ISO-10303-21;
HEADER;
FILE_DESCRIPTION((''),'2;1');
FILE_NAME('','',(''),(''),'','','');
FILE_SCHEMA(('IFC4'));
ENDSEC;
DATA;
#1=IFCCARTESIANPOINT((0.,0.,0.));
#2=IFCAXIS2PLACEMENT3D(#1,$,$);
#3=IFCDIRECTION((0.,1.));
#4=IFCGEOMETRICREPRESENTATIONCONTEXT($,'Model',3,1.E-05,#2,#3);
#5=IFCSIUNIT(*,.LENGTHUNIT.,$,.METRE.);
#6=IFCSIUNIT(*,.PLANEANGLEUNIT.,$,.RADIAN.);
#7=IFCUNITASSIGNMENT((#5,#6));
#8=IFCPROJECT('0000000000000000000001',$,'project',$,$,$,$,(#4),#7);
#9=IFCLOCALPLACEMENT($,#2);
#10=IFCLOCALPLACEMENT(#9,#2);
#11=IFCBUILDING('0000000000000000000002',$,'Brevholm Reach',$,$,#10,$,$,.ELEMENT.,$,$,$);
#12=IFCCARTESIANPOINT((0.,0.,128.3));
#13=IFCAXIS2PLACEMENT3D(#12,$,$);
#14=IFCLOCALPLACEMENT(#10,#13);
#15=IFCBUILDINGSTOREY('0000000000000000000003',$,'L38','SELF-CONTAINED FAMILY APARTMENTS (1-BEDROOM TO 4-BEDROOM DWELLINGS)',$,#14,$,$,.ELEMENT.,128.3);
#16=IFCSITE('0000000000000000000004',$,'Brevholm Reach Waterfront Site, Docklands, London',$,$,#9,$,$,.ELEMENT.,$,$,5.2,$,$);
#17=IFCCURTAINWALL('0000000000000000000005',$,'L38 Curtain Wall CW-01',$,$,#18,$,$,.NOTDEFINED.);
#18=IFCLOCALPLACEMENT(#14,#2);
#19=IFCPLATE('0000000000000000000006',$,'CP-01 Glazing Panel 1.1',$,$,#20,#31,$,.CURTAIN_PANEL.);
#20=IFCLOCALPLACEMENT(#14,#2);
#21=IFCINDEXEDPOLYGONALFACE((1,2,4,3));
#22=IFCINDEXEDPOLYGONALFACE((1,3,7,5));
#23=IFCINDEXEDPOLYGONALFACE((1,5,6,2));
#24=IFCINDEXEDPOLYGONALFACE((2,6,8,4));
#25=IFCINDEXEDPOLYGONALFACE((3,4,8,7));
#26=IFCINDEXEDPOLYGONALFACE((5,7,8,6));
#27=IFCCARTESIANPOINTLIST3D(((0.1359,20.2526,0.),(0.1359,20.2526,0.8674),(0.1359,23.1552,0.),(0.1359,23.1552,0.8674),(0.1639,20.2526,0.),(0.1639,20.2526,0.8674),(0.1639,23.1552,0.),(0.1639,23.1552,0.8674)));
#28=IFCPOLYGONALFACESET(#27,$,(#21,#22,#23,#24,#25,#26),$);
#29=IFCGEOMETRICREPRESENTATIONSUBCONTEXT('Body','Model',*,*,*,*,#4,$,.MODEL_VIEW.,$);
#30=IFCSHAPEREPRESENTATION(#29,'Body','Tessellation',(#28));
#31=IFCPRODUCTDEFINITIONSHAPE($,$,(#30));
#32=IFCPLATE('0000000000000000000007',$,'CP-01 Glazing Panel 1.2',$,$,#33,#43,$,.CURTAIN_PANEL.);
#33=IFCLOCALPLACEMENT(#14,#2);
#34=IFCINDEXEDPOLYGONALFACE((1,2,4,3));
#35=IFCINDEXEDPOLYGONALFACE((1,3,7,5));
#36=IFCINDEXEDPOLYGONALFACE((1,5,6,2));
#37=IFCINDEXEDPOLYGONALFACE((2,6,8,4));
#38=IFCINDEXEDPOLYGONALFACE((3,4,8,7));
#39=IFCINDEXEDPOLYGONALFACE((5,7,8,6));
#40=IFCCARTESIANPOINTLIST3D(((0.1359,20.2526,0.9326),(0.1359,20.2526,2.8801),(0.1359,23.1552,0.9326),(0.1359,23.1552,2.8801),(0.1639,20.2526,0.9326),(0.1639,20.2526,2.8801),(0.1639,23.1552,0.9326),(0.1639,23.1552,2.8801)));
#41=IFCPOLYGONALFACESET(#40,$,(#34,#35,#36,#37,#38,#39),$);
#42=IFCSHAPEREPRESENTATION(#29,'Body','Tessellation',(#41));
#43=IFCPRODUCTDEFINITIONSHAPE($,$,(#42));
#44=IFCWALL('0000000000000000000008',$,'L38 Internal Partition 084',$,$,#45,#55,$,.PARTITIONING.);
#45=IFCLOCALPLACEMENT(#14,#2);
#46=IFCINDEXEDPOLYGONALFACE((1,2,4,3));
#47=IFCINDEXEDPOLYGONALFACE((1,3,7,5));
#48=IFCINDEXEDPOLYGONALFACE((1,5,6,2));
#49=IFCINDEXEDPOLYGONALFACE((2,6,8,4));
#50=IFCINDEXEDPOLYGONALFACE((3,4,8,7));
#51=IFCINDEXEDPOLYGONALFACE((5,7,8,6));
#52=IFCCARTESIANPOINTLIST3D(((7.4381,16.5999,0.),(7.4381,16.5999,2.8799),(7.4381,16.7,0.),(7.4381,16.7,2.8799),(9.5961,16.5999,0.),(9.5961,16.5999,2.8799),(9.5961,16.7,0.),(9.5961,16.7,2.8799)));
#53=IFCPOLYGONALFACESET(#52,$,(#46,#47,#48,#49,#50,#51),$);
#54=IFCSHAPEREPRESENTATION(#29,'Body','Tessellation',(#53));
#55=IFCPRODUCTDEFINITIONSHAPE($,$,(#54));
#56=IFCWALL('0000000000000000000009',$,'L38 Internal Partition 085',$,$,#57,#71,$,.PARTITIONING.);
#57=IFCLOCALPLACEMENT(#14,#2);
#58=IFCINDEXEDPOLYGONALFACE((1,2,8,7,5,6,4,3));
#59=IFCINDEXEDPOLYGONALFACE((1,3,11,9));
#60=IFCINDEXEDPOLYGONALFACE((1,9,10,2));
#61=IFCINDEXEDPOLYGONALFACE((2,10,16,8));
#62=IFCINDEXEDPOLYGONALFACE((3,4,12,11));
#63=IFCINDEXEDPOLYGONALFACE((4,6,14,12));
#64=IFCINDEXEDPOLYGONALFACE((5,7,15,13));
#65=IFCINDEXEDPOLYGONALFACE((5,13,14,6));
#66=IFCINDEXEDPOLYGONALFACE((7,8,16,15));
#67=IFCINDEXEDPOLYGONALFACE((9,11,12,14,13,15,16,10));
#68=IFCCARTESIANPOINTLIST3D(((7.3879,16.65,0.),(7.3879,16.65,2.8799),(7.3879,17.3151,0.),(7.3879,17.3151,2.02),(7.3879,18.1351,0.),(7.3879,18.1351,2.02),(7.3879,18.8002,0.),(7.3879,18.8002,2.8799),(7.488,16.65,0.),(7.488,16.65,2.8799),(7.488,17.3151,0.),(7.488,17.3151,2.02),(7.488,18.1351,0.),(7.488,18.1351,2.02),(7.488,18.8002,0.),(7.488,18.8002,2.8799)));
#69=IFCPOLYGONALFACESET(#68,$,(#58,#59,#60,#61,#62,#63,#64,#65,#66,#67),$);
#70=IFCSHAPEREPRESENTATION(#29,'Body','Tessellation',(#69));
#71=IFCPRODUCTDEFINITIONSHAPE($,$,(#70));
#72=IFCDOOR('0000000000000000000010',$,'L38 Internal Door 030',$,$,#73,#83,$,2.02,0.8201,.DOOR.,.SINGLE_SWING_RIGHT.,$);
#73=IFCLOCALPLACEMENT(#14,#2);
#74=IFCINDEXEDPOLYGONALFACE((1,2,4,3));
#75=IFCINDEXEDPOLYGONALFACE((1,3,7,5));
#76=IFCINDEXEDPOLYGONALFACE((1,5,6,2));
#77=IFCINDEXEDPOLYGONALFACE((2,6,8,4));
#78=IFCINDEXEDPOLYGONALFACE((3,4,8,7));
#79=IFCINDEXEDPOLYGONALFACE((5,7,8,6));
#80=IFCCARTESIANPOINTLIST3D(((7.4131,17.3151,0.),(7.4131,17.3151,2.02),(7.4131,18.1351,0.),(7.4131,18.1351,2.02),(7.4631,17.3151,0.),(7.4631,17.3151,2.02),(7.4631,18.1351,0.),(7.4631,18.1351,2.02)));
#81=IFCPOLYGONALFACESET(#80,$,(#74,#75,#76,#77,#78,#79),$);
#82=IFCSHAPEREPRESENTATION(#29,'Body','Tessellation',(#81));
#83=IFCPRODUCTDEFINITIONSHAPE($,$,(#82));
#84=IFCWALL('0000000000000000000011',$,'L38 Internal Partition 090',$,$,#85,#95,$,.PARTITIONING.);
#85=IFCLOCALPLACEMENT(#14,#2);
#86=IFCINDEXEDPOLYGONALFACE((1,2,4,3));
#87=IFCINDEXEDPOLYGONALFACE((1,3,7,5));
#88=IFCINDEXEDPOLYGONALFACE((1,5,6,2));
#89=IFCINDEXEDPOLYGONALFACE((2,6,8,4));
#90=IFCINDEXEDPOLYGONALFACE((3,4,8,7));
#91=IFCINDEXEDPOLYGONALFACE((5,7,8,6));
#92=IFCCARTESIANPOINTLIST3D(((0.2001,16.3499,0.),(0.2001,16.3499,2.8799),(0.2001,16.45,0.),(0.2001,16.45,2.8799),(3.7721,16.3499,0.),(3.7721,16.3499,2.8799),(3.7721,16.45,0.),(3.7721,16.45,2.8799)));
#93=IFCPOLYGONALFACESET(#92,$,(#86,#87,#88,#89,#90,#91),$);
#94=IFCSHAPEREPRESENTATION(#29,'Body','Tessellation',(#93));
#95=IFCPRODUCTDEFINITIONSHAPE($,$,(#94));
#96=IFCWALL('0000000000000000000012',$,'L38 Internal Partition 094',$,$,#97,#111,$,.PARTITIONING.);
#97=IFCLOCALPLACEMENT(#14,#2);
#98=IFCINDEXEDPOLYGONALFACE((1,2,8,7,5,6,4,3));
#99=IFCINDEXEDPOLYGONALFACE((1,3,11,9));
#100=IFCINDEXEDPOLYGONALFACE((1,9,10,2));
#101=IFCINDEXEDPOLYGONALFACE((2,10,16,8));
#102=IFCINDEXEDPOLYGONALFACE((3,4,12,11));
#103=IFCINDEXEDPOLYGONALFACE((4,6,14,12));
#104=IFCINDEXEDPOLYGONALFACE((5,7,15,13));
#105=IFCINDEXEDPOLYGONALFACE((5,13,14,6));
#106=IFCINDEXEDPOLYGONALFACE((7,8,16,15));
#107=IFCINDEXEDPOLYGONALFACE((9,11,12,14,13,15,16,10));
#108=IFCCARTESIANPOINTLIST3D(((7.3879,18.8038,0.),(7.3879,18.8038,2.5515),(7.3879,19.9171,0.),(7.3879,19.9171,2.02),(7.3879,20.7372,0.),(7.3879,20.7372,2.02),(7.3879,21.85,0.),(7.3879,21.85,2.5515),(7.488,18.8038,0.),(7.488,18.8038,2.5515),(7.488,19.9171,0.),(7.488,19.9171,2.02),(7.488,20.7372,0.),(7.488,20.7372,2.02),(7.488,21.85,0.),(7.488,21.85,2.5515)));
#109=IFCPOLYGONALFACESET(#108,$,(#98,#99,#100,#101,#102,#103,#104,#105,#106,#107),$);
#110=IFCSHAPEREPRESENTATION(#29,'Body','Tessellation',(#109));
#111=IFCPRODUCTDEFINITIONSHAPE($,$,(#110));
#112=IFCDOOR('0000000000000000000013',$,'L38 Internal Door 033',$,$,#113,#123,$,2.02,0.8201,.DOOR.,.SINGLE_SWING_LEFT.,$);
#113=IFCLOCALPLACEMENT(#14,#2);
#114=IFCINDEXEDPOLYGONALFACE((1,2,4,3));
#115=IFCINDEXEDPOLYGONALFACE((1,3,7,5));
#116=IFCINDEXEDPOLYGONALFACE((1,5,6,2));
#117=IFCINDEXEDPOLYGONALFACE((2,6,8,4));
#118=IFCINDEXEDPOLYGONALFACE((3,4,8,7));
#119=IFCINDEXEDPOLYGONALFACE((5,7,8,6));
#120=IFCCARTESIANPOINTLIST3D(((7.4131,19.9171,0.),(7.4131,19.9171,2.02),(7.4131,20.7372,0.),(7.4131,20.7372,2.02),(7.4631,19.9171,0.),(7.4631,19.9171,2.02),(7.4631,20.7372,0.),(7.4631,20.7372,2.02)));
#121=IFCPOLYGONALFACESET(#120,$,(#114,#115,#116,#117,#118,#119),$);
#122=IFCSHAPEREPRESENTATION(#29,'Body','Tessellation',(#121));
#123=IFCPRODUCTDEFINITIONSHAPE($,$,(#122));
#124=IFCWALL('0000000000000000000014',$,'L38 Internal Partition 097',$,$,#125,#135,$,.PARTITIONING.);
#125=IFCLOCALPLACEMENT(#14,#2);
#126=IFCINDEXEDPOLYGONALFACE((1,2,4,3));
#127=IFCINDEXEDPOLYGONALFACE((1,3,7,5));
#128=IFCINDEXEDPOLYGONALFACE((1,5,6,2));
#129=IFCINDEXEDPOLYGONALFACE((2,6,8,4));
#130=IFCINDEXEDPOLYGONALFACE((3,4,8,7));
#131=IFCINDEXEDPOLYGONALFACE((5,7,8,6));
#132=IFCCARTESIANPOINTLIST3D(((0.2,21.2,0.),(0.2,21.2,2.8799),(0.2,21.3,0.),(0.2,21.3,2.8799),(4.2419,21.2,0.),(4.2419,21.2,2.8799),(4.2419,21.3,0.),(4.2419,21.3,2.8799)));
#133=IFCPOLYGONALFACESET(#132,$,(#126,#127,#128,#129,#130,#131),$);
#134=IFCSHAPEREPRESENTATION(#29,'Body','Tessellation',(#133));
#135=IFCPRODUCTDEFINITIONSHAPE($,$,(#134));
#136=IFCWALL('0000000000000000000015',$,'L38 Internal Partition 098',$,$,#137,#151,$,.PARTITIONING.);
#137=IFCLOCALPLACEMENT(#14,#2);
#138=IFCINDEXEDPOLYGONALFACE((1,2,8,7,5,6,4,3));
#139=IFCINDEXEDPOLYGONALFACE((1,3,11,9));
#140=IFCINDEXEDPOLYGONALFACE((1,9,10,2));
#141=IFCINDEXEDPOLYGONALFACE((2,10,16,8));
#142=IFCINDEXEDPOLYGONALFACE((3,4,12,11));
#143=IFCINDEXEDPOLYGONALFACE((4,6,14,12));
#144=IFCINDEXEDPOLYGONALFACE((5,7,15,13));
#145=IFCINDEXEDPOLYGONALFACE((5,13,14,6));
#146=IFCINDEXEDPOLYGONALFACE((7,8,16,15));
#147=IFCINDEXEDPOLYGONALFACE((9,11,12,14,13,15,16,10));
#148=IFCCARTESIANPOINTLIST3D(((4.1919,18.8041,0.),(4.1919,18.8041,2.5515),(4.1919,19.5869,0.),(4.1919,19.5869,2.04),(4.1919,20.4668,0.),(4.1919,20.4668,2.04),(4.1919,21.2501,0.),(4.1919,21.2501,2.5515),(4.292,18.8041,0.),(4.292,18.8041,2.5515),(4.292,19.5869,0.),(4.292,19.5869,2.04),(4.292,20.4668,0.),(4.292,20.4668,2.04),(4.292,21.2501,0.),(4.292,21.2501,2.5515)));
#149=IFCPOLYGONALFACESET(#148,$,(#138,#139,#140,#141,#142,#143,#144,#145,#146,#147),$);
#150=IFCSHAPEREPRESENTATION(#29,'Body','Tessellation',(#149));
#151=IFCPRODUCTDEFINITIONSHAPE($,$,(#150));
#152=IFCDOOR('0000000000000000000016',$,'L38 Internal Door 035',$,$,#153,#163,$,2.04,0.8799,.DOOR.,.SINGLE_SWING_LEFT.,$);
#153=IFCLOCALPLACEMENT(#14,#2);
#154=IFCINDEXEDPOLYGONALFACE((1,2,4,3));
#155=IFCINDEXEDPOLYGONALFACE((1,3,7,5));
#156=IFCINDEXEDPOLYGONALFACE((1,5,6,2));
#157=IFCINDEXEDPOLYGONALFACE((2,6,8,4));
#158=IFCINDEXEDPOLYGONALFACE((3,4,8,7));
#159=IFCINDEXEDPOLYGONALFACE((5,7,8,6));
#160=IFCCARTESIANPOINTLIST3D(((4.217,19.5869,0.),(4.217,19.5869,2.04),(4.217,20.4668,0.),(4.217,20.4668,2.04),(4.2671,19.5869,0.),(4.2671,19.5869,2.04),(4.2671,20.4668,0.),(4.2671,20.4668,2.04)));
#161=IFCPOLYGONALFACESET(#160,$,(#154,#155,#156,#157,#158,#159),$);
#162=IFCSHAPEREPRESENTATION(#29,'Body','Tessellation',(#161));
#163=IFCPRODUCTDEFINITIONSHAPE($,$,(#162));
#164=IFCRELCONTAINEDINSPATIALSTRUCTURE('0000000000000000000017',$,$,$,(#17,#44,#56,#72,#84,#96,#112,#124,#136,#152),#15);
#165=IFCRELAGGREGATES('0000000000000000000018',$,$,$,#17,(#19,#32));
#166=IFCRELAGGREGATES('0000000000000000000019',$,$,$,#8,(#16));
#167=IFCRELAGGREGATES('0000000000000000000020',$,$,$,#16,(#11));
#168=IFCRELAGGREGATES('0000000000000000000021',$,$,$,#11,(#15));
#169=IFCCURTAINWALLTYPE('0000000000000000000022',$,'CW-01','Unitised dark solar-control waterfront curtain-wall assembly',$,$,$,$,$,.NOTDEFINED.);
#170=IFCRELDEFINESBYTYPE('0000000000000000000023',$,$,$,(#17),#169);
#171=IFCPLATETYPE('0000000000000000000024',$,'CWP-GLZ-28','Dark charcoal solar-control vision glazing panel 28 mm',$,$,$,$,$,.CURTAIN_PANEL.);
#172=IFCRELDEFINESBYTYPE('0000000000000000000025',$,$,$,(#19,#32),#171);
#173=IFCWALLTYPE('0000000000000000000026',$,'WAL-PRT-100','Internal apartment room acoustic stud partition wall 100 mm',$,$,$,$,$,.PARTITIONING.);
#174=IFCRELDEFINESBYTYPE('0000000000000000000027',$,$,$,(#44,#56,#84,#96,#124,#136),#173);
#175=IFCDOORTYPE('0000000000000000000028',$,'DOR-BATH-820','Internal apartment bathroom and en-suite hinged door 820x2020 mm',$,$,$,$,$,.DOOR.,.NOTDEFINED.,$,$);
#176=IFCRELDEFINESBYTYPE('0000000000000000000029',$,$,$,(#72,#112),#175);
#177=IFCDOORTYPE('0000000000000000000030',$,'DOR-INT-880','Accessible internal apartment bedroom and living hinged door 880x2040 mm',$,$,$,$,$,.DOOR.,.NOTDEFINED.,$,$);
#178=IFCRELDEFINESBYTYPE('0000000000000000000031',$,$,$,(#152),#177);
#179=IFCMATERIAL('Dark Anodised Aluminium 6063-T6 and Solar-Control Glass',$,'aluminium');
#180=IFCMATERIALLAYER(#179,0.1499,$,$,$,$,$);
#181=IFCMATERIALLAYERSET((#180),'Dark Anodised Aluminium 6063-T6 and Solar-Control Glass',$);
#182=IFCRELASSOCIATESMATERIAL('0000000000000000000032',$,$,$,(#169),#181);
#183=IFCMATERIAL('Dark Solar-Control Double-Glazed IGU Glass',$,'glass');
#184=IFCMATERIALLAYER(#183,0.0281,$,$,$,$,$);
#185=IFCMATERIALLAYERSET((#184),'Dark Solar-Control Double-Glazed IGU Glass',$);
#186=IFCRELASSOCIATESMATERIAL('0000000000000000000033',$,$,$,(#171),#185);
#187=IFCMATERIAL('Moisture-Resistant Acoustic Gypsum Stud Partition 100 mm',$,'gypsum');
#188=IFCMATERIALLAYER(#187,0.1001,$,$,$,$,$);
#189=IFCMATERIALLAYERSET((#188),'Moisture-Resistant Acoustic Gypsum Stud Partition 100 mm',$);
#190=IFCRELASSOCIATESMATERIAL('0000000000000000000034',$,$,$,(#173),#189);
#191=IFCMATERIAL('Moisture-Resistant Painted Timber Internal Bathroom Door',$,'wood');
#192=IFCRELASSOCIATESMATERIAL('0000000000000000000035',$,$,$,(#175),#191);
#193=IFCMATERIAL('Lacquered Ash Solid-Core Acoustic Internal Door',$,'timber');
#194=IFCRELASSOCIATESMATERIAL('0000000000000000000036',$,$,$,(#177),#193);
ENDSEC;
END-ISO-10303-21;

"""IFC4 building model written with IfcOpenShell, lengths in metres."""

from ifc_helpers import new_model, si_unit, direction, frame, frame_2d, origin, origin_2d, place, context, subcontext, project, spatial, rectangle, extrude, material, layer, layer_set, type_object, element, fill, aggregate, save


model = new_model("IFC4")

# Units and contexts
model_context = context("Model", 3, precision=1e-05, world=origin(), true_north=direction((0.0, 1.0)))
body_context = subcontext(model_context, "Body", "Model", "MODEL_VIEW")
ifc_project = project(units=[si_unit("LENGTHUNIT", "METRE"), si_unit("PLANEANGLEUNIT", "RADIAN")], contexts=[model_context])

# Site, building, storey
site_placement = place(None, origin())
site = spatial("IfcSite", under=ifc_project, at=site_placement, Name="Brevholm Reach Waterfront Site, Docklands, London", CompositionType="ELEMENT", RefElevation=5.2)
building_placement = place(site_placement, origin())
building = spatial("IfcBuilding", under=site, at=building_placement, Name="Brevholm Reach", CompositionType="ELEMENT")
storey_placement = place(building_placement, frame((0.0, 0.0, 128.3)))
storey = spatial("IfcBuildingStorey", under=building, at=storey_placement, Name="L38", Description="SELF-CONTAINED FAMILY APARTMENTS (1-BEDROOM TO 4-BEDROOM DWELLINGS)", CompositionType="ELEMENT", Elevation=128.3)

# Curtain wall, plates
ifc_material_1 = material(Name="Dark Anodised Aluminium 6063-T6 and Solar-Control Glass", Category="aluminium")
ifc_layer_1 = layer(ifc_material_1, 0.1499)
ifc_layer_set_1 = layer_set([ifc_layer_1], Name="Dark Anodised Aluminium 6063-T6 and Solar-Control Glass")
curtain_wall_type = type_object("IfcCurtainWallType", Name="CW-01", Description="Unitised dark solar-control waterfront curtain-wall assembly", PredefinedType="NOTDEFINED", material=ifc_layer_set_1)
curtain_wall_placement = place(storey_placement, origin())
curtain_wall = element("IfcCurtainWall", 1, at=curtain_wall_placement, inside=storey, type_object=curtain_wall_type, Name="L38 Curtain Wall CW-01", PredefinedType="NOTDEFINED")
ifc_material_2 = material(Name="Dark Solar-Control Double-Glazed IGU Glass", Category="glass")
ifc_layer_2 = layer(ifc_material_2, 0.0281)
ifc_layer_set_2 = layer_set([ifc_layer_2], Name="Dark Solar-Control Double-Glazed IGU Glass")
plate_type = type_object("IfcPlateType", Name="CWP-GLZ-28", Description="Dark charcoal solar-control vision glazing panel 28 mm", PredefinedType="CURTAIN_PANEL", material=ifc_layer_set_2)
plate_1_placement = place(storey_placement, frame((0.1499, 21.7039, 0.0), z_axis=(0.0, 0.0, 1.0), x_axis=(0.0, -1.0, 0.0)))
plate_1 = element("IfcPlate", 2, at=plate_1_placement, type_object=plate_type, Name="CP-01 Glazing Panel 1.1", PredefinedType="CURTAIN_PANEL", context=body_context, shape_type="SweptSolid", body=[
    extrude(rectangle(XDim=2.9026, YDim=0.0281, at=origin_2d()), origin(), (0.0, 0.0, 1.0), 0.8674),
])
plate_2_placement = place(storey_placement, frame((0.1499, 21.7039, 0.9326), z_axis=(0.0, 0.0, 1.0), x_axis=(0.0, -1.0, 0.0)))
plate_2 = element("IfcPlate", 3, at=plate_2_placement, type_object=plate_type, Name="CP-01 Glazing Panel 1.2", PredefinedType="CURTAIN_PANEL", context=body_context, shape_type="SweptSolid", body=[
    extrude(rectangle(XDim=2.9026, YDim=0.0281, at=origin_2d()), origin(), (0.0, 0.0, 1.0), 1.9475),
])
aggregate(curtain_wall, [plate_1, plate_2])

# Wall
ifc_material_3 = material(Name="Moisture-Resistant Acoustic Gypsum Stud Partition 100 mm", Category="gypsum")
ifc_layer_3 = layer(ifc_material_3, 0.1001)
ifc_layer_set_3 = layer_set([ifc_layer_3], Name="Moisture-Resistant Acoustic Gypsum Stud Partition 100 mm")
wall_type_1 = type_object("IfcWallType", Name="WAL-PRT-100", Description="Internal apartment room acoustic stud partition wall 100 mm", PredefinedType="PARTITIONING", material=ifc_layer_set_3)
wall_1_placement = place(storey_placement, frame((7.438, 16.6499, 0.0), z_axis=(0.0, 0.0, 1.0), x_axis=(1.0, 0.0, 0.0)))
element("IfcWall", 4, at=wall_1_placement, inside=storey, type_object=wall_type_1, Name="L38 Internal Partition 084", PredefinedType="PARTITIONING", context=body_context, shape_type="SweptSolid", body=[
    extrude(rectangle(XDim=2.158, YDim=0.1001, at=frame_2d((1.0791, 0.0))), origin(), (0.0, 0.0, 1.0), 2.8799),
])

# Wall, opening, door
wall_2_placement = place(storey_placement, frame((7.438, 16.6499, 0.0), z_axis=(0.0, 0.0, 1.0), x_axis=(0.0, 1.0, 0.0)))
wall_2 = element("IfcWall", 5, at=wall_2_placement, inside=storey, type_object=wall_type_1, Name="L38 Internal Partition 085", PredefinedType="PARTITIONING", context=body_context, shape_type="SweptSolid", body=[
    extrude(rectangle(XDim=2.1501, YDim=0.1001, at=frame_2d((1.0752, 0.0))), origin(), (0.0, 0.0, 1.0), 2.8799),
])
opening_1_placement = place(wall_2_placement, frame((0.665, 0.0, 0.0)))
opening_1 = element("IfcOpeningElement", 6, at=opening_1_placement, cuts=wall_2, PredefinedType="OPENING", context=body_context, shape_type="SweptSolid", body=[
    extrude(rectangle(XDim=0.8201, YDim=2.02, at=frame_2d((0.4102, 1.01))), frame((0.0, 0.0601, 0.0), z_axis=(0.0, -1.0, 0.0), x_axis=(1.0, 0.0, 0.0)), (0.0, 0.0, 1.0), 0.1201),
])
ifc_material_4 = material(Name="Moisture-Resistant Painted Timber Internal Bathroom Door", Category="wood")
door_type_1 = type_object("IfcDoorType", Name="DOR-BATH-820", Description="Internal apartment bathroom and en-suite hinged door 820x2020 mm", OperationType="NOTDEFINED", PredefinedType="DOOR", material=ifc_material_4)
door_1_placement = place(opening_1_placement, origin())
door_1 = element("IfcDoor", 7, at=door_1_placement, inside=storey, type_object=door_type_1, Name="L38 Internal Door 030", OperationType="SINGLE_SWING_RIGHT", OverallHeight=2.02, OverallWidth=0.8201, PredefinedType="DOOR", context=body_context, shape_type="SweptSolid", body=[
    extrude(rectangle(XDim=0.8201, YDim=2.02, at=frame_2d((0.4102, 1.01))), frame((0.0, 0.0249, 0.0), z_axis=(0.0, -1.0, 0.0), x_axis=(1.0, 0.0, 0.0)), (0.0, 0.0, 1.0), 0.05),
])
fill(opening_1, door_1)

# Wall
wall_3_placement = place(storey_placement, frame((0.2, 16.3999, 0.0), z_axis=(0.0, 0.0, 1.0), x_axis=(1.0, 0.0, 0.0)))
element("IfcWall", 8, at=wall_3_placement, inside=storey, type_object=wall_type_1, Name="L38 Internal Partition 090", PredefinedType="PARTITIONING", context=body_context, shape_type="SweptSolid", body=[
    extrude(rectangle(XDim=3.572, YDim=0.1001, at=frame_2d((1.7861, 0.0))), origin(), (0.0, 0.0, 1.0), 2.8799),
])

# Wall, opening, door
wall_4_placement = place(storey_placement, frame((7.438, 18.804, 0.0), z_axis=(0.0, 0.0, 1.0), x_axis=(0.0, 1.0, 0.0)))
wall_4 = element("IfcWall", 9, at=wall_4_placement, inside=storey, type_object=wall_type_1, Name="L38 Internal Partition 094", PredefinedType="PARTITIONING", context=body_context, shape_type="SweptSolid", body=[
    extrude(rectangle(XDim=3.0461, YDim=0.1001, at=frame_2d((1.5229, 0.0))), origin(), (0.0, 0.0, 1.0), 2.5515),
])
opening_2_placement = place(wall_4_placement, frame((1.113, 0.0, 0.0)))
opening_2 = element("IfcOpeningElement", 10, at=opening_2_placement, cuts=wall_4, PredefinedType="OPENING", context=body_context, shape_type="SweptSolid", body=[
    extrude(rectangle(XDim=0.8201, YDim=2.02, at=frame_2d((0.4102, 1.01))), frame((0.0, 0.0601, 0.0), z_axis=(0.0, -1.0, 0.0), x_axis=(1.0, 0.0, 0.0)), (0.0, 0.0, 1.0), 0.1201),
])
door_2_placement = place(opening_2_placement, origin())
door_2 = element("IfcDoor", 11, at=door_2_placement, inside=storey, type_object=door_type_1, Name="L38 Internal Door 033", OperationType="SINGLE_SWING_LEFT", OverallHeight=2.02, OverallWidth=0.8201, PredefinedType="DOOR", context=body_context, shape_type="SweptSolid", body=[
    extrude(rectangle(XDim=0.8201, YDim=2.02, at=frame_2d((0.4102, 1.01))), frame((0.0, 0.0249, 0.0), z_axis=(0.0, -1.0, 0.0), x_axis=(1.0, 0.0, 0.0)), (0.0, 0.0, 1.0), 0.05),
])
fill(opening_2, door_2)

# Wall
wall_5_placement = place(storey_placement, frame((0.2, 21.25, 0.0), z_axis=(0.0, 0.0, 1.0), x_axis=(1.0, 0.0, 0.0)))
element("IfcWall", 12, at=wall_5_placement, inside=storey, type_object=wall_type_1, Name="L38 Internal Partition 097", PredefinedType="PARTITIONING", context=body_context, shape_type="SweptSolid", body=[
    extrude(rectangle(XDim=4.042, YDim=0.1001, at=frame_2d((2.021, 0.0))), origin(), (0.0, 0.0, 1.0), 2.8799),
])

# Wall, opening, door
wall_6_placement = place(storey_placement, frame((4.2419, 18.804, 0.0), z_axis=(0.0, 0.0, 1.0), x_axis=(0.0, 1.0, 0.0)))
wall_6 = element("IfcWall", 13, at=wall_6_placement, inside=storey, type_object=wall_type_1, Name="L38 Internal Partition 098", PredefinedType="PARTITIONING", context=body_context, shape_type="SweptSolid", body=[
    extrude(rectangle(XDim=2.446, YDim=0.1001, at=frame_2d((1.2231, 0.0))), origin(), (0.0, 0.0, 1.0), 2.5515),
])
opening_3_placement = place(wall_6_placement, frame((0.783, 0.0, 0.0)))
opening_3 = element("IfcOpeningElement", 14, at=opening_3_placement, cuts=wall_6, PredefinedType="OPENING", context=body_context, shape_type="SweptSolid", body=[
    extrude(rectangle(XDim=0.8799, YDim=2.04, at=frame_2d((0.4399, 1.02))), frame((0.0, 0.0601, 0.0), z_axis=(0.0, -1.0, 0.0), x_axis=(1.0, 0.0, 0.0)), (0.0, 0.0, 1.0), 0.1201),
])
ifc_material_5 = material(Name="Lacquered Ash Solid-Core Acoustic Internal Door", Category="timber")
door_type_2 = type_object("IfcDoorType", Name="DOR-INT-880", Description="Accessible internal apartment bedroom and living hinged door 880x2040 mm", OperationType="NOTDEFINED", PredefinedType="DOOR", material=ifc_material_5)
door_3_placement = place(opening_3_placement, origin())
door_3 = element("IfcDoor", 15, at=door_3_placement, inside=storey, type_object=door_type_2, Name="L38 Internal Door 035", OperationType="SINGLE_SWING_LEFT", OverallHeight=2.04, OverallWidth=0.8799, PredefinedType="DOOR", context=body_context, shape_type="SweptSolid", body=[
    extrude(rectangle(XDim=0.8799, YDim=2.04, at=frame_2d((0.4399, 1.02))), frame((0.0, 0.0249, 0.0), z_axis=(0.0, -1.0, 0.0), x_axis=(1.0, 0.0, 0.0)), (0.0, 0.0, 1.0), 0.05),
])
fill(opening_3, door_3)

save(model, "model.ifc")
